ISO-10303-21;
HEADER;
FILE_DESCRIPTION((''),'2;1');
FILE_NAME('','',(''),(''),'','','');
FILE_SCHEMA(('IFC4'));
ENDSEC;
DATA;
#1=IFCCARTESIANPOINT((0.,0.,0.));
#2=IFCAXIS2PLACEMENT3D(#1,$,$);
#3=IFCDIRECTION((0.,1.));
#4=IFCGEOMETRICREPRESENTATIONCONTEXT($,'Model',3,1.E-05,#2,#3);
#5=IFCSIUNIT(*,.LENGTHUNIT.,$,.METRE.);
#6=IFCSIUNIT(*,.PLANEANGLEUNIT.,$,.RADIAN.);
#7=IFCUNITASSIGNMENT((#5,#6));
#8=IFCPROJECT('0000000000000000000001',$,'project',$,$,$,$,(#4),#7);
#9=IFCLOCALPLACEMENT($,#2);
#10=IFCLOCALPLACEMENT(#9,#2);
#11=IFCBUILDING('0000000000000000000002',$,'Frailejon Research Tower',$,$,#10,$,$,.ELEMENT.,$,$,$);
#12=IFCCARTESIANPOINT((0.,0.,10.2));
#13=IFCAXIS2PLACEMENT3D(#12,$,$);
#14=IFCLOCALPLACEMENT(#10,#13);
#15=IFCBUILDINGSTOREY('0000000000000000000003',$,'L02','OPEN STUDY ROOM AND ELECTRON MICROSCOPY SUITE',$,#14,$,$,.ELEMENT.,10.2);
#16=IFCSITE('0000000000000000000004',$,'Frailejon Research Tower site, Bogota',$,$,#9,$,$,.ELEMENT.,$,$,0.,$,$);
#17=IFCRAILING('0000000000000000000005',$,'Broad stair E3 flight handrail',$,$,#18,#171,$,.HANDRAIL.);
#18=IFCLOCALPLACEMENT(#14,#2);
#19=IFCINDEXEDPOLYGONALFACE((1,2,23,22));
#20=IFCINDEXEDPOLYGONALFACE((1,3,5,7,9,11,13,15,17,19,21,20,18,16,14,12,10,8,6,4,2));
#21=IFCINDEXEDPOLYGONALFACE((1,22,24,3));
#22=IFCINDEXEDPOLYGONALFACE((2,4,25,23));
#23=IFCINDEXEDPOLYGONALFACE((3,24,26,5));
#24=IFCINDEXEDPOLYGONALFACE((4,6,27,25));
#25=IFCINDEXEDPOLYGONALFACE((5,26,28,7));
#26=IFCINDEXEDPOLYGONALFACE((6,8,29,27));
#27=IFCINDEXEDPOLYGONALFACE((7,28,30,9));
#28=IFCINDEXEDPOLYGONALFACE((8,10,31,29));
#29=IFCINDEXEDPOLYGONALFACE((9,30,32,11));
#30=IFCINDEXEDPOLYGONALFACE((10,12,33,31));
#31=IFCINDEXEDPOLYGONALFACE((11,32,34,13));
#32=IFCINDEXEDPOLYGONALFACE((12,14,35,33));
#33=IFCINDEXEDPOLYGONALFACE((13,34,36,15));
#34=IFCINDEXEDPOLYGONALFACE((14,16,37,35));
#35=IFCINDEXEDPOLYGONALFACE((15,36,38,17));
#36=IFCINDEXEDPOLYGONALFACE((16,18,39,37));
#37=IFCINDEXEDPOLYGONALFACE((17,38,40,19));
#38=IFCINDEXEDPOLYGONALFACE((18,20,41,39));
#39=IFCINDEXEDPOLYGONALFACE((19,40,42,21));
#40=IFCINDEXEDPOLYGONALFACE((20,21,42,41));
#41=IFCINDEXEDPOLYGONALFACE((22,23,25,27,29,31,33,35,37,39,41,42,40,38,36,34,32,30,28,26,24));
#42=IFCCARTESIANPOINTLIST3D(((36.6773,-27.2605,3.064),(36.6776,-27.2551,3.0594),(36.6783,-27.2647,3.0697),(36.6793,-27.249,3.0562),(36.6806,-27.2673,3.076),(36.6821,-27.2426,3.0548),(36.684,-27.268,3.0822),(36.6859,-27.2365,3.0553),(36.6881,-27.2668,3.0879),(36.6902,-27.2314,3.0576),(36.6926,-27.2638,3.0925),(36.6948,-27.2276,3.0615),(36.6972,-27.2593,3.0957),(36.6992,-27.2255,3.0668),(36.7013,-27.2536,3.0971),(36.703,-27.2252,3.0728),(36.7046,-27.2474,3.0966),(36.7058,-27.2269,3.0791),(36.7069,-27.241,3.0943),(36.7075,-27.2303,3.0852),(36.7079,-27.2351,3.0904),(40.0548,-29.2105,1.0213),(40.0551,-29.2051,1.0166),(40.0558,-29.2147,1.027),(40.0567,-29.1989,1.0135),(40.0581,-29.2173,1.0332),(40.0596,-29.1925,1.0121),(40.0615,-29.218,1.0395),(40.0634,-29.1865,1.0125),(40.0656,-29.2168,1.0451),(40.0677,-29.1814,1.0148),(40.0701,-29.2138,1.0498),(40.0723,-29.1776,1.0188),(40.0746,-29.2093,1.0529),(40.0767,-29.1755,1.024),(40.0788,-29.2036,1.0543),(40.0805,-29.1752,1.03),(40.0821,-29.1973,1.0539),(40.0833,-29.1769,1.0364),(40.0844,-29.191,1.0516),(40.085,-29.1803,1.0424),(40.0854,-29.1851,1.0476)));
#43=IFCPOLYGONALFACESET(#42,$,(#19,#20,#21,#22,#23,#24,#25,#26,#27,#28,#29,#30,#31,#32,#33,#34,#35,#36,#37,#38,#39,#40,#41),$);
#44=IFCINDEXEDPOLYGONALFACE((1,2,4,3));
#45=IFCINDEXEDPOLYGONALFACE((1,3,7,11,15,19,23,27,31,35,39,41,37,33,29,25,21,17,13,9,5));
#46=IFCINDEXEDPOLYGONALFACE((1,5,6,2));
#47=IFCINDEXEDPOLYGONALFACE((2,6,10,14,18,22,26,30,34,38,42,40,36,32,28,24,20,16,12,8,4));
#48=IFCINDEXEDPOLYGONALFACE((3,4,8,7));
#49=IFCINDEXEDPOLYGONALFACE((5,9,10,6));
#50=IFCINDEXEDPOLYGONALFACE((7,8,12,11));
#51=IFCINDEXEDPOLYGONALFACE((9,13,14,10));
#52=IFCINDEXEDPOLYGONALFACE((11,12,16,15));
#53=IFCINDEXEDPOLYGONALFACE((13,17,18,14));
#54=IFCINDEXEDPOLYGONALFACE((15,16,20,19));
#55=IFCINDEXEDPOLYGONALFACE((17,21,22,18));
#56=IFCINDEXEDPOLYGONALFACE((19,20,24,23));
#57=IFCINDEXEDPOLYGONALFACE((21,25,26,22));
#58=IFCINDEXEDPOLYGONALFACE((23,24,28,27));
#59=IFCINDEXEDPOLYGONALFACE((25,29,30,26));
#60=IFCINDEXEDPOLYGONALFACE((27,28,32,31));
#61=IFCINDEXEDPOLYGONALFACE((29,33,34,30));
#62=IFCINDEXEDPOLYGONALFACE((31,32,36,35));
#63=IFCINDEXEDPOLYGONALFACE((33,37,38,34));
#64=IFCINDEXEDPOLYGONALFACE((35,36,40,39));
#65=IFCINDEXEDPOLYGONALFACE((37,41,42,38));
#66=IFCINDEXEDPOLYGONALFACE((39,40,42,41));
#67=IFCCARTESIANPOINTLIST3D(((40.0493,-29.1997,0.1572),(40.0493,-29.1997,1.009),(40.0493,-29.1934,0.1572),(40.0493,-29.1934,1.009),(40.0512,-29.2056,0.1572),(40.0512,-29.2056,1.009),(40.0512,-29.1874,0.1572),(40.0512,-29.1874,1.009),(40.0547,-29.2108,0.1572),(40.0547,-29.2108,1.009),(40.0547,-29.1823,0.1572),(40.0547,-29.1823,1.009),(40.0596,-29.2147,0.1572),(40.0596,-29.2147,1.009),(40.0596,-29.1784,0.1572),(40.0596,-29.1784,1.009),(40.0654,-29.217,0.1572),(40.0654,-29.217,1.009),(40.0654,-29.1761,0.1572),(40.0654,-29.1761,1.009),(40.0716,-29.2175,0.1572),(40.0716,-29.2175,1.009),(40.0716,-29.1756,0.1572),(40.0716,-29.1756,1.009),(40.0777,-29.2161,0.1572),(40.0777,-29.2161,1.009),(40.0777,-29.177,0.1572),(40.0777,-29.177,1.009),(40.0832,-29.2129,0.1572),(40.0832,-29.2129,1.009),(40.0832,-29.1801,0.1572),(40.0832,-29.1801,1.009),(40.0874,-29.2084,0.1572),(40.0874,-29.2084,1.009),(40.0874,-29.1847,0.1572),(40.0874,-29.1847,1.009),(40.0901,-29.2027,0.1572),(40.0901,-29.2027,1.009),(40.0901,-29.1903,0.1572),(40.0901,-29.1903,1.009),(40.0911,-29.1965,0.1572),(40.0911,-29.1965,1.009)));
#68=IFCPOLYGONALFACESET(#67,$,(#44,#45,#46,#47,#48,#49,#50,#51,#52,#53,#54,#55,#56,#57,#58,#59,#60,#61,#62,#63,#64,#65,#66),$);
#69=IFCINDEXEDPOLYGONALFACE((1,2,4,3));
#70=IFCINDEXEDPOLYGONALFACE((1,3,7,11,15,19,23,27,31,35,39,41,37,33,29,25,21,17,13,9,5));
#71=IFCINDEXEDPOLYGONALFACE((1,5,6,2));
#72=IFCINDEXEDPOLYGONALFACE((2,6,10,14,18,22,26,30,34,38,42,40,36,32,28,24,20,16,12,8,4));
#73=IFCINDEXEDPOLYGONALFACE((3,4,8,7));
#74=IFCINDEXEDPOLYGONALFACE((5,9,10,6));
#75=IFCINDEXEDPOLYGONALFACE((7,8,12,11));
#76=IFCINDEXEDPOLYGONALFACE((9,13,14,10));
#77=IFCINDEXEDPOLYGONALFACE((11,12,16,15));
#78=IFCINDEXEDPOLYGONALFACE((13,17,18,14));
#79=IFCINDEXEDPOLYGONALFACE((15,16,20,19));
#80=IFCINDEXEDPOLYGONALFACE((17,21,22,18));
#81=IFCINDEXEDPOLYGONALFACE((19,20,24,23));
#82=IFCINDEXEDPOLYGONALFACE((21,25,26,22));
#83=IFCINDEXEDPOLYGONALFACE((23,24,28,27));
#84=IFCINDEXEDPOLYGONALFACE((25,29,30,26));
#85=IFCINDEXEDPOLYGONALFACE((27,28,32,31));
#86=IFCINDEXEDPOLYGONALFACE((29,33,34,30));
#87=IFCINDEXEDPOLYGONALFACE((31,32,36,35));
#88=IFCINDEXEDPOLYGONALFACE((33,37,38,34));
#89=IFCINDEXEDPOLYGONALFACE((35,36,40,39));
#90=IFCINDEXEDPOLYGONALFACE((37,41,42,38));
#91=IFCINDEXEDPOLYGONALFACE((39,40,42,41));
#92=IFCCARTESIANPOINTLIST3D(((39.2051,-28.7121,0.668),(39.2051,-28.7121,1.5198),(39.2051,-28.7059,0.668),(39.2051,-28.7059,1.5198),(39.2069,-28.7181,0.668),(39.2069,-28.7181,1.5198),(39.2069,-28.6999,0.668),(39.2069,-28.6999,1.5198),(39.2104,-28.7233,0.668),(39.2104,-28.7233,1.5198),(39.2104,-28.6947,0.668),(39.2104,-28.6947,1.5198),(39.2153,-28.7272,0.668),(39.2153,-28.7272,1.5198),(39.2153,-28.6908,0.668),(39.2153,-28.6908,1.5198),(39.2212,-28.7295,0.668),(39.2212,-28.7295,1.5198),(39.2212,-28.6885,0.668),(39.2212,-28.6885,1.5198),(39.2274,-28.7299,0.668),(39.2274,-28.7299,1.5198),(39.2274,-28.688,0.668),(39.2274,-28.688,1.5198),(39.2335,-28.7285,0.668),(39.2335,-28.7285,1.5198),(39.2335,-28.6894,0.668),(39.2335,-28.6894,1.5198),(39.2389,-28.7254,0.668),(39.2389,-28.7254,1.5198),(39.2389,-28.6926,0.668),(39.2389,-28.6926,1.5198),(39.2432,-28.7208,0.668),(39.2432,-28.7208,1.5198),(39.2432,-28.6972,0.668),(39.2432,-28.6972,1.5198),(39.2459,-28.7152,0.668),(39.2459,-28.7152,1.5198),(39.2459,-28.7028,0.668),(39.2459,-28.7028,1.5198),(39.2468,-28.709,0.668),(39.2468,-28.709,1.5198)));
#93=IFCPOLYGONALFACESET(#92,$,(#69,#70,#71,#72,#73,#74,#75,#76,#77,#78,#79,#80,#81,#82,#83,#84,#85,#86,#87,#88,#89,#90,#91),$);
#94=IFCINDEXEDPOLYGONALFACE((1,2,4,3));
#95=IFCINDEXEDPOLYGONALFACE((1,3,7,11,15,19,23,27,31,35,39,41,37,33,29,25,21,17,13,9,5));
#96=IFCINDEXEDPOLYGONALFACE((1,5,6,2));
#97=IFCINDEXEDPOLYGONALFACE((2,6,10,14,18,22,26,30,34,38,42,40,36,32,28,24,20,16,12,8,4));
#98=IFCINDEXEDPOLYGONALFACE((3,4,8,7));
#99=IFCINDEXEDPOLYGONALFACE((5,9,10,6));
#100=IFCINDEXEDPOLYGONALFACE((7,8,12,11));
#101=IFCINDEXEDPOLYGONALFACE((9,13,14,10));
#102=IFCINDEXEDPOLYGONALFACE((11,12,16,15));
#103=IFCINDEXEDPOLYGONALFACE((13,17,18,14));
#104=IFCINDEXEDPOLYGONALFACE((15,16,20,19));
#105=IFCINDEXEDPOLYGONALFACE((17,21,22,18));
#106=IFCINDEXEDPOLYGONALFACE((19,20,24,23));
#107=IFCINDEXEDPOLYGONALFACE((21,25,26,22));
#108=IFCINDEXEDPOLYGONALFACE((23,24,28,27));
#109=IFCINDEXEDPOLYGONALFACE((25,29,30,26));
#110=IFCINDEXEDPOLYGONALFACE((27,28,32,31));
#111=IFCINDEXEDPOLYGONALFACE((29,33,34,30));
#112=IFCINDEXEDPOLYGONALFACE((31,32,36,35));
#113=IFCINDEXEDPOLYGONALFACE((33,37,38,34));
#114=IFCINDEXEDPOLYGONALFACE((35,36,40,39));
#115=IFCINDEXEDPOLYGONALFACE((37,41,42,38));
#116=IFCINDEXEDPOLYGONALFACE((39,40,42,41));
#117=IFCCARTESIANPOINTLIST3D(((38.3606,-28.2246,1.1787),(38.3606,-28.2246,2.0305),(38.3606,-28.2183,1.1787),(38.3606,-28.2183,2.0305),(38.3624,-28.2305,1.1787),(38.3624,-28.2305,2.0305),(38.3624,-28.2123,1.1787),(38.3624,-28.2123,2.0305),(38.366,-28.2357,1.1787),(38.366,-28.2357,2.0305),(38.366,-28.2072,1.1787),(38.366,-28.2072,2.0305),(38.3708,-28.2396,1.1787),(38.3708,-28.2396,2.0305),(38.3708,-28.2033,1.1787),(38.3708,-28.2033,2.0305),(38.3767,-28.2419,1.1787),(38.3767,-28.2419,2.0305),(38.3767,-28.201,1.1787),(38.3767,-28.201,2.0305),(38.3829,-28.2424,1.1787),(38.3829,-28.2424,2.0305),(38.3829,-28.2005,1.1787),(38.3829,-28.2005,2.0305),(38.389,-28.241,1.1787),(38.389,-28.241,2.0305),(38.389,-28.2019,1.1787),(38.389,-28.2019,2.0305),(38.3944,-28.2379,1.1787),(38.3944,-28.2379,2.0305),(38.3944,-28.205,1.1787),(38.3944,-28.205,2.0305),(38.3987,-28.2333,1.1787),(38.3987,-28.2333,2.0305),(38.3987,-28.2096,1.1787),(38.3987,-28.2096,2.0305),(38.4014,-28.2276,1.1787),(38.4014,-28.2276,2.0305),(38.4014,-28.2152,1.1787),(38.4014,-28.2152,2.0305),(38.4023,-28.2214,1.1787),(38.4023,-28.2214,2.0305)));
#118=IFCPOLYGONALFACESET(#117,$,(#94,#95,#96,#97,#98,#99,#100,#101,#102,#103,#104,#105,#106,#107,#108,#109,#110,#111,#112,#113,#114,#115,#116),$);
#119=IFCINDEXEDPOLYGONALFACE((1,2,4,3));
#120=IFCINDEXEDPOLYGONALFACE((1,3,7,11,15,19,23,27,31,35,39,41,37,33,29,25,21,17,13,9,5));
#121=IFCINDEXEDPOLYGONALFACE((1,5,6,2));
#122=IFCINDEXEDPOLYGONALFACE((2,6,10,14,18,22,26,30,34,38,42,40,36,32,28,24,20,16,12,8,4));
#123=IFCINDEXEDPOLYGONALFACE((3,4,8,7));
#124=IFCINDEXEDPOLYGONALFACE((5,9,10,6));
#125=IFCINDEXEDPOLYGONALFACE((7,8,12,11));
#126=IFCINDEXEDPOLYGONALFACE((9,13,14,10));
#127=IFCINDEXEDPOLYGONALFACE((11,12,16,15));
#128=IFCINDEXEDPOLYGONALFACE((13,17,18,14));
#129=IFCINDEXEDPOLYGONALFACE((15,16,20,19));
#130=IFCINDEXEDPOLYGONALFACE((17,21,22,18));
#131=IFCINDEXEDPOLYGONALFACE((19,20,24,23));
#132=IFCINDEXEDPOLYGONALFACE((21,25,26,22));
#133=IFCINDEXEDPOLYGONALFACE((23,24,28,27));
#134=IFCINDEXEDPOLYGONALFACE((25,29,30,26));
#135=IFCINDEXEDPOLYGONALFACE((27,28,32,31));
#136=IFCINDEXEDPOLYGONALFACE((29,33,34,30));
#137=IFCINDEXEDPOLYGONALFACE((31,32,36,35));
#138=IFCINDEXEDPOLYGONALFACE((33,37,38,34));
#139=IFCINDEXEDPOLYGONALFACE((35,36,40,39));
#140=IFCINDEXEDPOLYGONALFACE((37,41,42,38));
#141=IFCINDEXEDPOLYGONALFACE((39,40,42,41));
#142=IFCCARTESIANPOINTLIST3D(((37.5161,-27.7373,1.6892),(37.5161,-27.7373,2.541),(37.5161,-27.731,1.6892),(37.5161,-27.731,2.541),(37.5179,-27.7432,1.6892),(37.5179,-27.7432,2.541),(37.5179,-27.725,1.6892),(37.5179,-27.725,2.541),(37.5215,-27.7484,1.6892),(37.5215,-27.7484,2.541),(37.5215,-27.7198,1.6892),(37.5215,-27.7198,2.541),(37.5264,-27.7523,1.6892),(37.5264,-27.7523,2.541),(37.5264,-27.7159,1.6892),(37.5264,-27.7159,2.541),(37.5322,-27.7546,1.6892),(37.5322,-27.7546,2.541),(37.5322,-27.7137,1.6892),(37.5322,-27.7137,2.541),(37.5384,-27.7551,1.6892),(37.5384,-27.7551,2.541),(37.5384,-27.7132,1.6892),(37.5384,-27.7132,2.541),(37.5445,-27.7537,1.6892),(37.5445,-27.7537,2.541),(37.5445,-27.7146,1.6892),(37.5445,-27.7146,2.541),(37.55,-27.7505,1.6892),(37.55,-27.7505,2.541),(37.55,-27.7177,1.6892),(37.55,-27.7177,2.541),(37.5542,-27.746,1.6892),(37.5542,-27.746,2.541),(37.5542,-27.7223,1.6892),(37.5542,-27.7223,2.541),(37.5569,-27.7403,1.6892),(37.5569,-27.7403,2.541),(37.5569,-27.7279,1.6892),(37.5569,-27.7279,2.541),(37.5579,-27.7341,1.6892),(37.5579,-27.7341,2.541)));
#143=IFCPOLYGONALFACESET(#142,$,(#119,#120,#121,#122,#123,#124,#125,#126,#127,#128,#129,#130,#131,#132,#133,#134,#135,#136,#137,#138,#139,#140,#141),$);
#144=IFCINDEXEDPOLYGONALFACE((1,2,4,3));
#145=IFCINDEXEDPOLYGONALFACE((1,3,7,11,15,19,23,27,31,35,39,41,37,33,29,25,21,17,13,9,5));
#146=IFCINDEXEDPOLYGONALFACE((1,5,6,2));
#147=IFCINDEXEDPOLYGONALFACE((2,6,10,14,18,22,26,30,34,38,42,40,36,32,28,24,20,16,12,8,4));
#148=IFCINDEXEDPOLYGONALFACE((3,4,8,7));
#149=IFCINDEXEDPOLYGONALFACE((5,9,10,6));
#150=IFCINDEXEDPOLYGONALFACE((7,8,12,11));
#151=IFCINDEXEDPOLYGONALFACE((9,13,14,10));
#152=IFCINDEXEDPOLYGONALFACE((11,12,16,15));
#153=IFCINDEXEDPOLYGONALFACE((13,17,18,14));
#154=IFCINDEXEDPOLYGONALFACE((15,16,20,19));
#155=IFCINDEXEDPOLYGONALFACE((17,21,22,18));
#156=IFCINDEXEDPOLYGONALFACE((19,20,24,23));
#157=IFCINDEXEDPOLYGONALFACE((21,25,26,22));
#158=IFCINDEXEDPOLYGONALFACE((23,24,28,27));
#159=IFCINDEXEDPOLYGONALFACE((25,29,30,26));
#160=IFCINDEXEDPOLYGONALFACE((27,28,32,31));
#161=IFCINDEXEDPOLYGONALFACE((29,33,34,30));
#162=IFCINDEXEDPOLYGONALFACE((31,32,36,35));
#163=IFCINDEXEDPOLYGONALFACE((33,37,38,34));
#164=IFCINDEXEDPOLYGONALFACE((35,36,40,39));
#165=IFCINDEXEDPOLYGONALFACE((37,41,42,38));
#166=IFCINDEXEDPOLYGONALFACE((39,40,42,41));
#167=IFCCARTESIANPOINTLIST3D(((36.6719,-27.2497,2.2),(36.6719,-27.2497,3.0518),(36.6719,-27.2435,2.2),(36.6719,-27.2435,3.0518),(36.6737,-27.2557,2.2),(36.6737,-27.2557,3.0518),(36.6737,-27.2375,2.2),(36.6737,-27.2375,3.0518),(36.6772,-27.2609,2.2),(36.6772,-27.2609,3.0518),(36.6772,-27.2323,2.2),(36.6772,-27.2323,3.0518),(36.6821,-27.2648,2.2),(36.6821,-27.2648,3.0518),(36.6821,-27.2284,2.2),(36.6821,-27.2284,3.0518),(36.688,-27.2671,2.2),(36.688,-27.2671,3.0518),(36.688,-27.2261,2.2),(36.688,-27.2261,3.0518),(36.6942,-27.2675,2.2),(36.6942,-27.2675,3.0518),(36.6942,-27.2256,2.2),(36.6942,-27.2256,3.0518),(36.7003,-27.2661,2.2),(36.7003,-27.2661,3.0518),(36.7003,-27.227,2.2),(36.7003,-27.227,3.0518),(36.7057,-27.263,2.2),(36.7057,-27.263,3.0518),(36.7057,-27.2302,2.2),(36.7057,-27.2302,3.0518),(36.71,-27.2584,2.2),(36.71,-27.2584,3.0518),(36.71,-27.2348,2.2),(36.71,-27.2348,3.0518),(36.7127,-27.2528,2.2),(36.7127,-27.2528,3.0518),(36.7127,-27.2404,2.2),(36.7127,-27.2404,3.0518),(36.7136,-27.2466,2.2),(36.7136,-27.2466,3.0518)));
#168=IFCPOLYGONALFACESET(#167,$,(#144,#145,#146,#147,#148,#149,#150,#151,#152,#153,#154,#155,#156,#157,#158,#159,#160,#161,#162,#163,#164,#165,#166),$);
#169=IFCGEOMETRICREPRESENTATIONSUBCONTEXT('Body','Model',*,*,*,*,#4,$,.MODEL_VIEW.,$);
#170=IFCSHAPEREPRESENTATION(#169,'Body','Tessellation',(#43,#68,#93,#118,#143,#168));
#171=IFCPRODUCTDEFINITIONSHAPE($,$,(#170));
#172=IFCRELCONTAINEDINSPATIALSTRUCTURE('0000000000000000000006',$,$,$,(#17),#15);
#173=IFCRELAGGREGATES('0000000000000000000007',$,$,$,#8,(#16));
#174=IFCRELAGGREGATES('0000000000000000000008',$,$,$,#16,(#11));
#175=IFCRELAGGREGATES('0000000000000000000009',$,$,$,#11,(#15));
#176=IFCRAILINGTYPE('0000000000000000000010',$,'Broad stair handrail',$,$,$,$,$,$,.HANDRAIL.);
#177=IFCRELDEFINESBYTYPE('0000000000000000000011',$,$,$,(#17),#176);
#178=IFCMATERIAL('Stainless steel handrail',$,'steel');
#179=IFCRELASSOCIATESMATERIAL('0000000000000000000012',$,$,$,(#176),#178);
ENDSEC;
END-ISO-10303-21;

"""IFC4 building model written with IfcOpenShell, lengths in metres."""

from ifc_helpers import new_model, si_unit, direction, frame, origin, origin_2d, place, context, subcontext, project, spatial, circle, extrude, material, type_object, element, save


model = new_model("IFC4")

# Units and contexts
model_context = context("Model", 3, precision=1e-05, world=origin(), true_north=direction((0.0, 1.0)))
body_context = subcontext(model_context, "Body", "Model", "MODEL_VIEW")
ifc_project = project(units=[si_unit("LENGTHUNIT", "METRE"), si_unit("PLANEANGLEUNIT", "RADIAN")], contexts=[model_context])

# Site, building, storey
site_placement = place(None, origin())
site = spatial("IfcSite", under=ifc_project, at=site_placement, Name="Frailejon Research Tower site, Bogota", CompositionType="ELEMENT", RefElevation=0.0)
building_placement = place(site_placement, origin())
building = spatial("IfcBuilding", under=site, at=building_placement, Name="Frailejon Research Tower", CompositionType="ELEMENT")
storey_placement = place(building_placement, frame((0.0, 0.0, 10.2)))
storey = spatial("IfcBuildingStorey", under=building, at=storey_placement, Name="L02", Description="OPEN STUDY ROOM AND ELECTRON MICROSCOPY SUITE", CompositionType="ELEMENT", Elevation=10.2)

# Railing
ifc_material_1 = material(Name="Stainless steel handrail", Category="steel")
railing_type_1 = type_object("IfcRailingType", Name="Broad stair handrail", PredefinedType="HANDRAIL", material=ifc_material_1)
for number, where, name in (
    (1, (40.0701, -29.1965, 0.1572), "Broad stair E3 flight handrail"),
):
    element("IfcRailing", number, at=place(storey_placement, frame(where)), inside=storey, type_object=railing_type_1, Name=name, PredefinedType="HANDRAIL", context=body_context, shape_type="SweptSolid", body=[
        extrude(circle(Radius=0.0239, at=origin_2d()), frame((0.0, 0.0, 0.876), z_axis=(-0.767162, 0.442917, 0.46399), x_axis=(-0.499997, -0.866027, 0.0)), (0.0, 0.0, 1.0), 4.4026),
        extrude(circle(Radius=0.021, at=origin_2d()), origin(), (0.0, 0.0, 1.0), 0.8518),
        extrude(circle(Radius=0.021, at=origin_2d()), frame((-0.8442, 0.4875, 0.5107)), (0.0, 0.0, 1.0), 0.8518),
        extrude(circle(Radius=0.021, at=origin_2d()), frame((-1.6887, 0.9751, 1.0215)), (0.0, 0.0, 1.0), 0.8518),
        extrude(circle(Radius=0.021, at=origin_2d()), frame((-2.5332, 1.4624, 1.532)), (0.0, 0.0, 1.0), 0.8518),
        extrude(circle(Radius=0.021, at=origin_2d()), frame((-3.3774, 1.95, 2.0427)), (0.0, 0.0, 1.0), 0.8518),
    ])

save(model, "model.ifc")
